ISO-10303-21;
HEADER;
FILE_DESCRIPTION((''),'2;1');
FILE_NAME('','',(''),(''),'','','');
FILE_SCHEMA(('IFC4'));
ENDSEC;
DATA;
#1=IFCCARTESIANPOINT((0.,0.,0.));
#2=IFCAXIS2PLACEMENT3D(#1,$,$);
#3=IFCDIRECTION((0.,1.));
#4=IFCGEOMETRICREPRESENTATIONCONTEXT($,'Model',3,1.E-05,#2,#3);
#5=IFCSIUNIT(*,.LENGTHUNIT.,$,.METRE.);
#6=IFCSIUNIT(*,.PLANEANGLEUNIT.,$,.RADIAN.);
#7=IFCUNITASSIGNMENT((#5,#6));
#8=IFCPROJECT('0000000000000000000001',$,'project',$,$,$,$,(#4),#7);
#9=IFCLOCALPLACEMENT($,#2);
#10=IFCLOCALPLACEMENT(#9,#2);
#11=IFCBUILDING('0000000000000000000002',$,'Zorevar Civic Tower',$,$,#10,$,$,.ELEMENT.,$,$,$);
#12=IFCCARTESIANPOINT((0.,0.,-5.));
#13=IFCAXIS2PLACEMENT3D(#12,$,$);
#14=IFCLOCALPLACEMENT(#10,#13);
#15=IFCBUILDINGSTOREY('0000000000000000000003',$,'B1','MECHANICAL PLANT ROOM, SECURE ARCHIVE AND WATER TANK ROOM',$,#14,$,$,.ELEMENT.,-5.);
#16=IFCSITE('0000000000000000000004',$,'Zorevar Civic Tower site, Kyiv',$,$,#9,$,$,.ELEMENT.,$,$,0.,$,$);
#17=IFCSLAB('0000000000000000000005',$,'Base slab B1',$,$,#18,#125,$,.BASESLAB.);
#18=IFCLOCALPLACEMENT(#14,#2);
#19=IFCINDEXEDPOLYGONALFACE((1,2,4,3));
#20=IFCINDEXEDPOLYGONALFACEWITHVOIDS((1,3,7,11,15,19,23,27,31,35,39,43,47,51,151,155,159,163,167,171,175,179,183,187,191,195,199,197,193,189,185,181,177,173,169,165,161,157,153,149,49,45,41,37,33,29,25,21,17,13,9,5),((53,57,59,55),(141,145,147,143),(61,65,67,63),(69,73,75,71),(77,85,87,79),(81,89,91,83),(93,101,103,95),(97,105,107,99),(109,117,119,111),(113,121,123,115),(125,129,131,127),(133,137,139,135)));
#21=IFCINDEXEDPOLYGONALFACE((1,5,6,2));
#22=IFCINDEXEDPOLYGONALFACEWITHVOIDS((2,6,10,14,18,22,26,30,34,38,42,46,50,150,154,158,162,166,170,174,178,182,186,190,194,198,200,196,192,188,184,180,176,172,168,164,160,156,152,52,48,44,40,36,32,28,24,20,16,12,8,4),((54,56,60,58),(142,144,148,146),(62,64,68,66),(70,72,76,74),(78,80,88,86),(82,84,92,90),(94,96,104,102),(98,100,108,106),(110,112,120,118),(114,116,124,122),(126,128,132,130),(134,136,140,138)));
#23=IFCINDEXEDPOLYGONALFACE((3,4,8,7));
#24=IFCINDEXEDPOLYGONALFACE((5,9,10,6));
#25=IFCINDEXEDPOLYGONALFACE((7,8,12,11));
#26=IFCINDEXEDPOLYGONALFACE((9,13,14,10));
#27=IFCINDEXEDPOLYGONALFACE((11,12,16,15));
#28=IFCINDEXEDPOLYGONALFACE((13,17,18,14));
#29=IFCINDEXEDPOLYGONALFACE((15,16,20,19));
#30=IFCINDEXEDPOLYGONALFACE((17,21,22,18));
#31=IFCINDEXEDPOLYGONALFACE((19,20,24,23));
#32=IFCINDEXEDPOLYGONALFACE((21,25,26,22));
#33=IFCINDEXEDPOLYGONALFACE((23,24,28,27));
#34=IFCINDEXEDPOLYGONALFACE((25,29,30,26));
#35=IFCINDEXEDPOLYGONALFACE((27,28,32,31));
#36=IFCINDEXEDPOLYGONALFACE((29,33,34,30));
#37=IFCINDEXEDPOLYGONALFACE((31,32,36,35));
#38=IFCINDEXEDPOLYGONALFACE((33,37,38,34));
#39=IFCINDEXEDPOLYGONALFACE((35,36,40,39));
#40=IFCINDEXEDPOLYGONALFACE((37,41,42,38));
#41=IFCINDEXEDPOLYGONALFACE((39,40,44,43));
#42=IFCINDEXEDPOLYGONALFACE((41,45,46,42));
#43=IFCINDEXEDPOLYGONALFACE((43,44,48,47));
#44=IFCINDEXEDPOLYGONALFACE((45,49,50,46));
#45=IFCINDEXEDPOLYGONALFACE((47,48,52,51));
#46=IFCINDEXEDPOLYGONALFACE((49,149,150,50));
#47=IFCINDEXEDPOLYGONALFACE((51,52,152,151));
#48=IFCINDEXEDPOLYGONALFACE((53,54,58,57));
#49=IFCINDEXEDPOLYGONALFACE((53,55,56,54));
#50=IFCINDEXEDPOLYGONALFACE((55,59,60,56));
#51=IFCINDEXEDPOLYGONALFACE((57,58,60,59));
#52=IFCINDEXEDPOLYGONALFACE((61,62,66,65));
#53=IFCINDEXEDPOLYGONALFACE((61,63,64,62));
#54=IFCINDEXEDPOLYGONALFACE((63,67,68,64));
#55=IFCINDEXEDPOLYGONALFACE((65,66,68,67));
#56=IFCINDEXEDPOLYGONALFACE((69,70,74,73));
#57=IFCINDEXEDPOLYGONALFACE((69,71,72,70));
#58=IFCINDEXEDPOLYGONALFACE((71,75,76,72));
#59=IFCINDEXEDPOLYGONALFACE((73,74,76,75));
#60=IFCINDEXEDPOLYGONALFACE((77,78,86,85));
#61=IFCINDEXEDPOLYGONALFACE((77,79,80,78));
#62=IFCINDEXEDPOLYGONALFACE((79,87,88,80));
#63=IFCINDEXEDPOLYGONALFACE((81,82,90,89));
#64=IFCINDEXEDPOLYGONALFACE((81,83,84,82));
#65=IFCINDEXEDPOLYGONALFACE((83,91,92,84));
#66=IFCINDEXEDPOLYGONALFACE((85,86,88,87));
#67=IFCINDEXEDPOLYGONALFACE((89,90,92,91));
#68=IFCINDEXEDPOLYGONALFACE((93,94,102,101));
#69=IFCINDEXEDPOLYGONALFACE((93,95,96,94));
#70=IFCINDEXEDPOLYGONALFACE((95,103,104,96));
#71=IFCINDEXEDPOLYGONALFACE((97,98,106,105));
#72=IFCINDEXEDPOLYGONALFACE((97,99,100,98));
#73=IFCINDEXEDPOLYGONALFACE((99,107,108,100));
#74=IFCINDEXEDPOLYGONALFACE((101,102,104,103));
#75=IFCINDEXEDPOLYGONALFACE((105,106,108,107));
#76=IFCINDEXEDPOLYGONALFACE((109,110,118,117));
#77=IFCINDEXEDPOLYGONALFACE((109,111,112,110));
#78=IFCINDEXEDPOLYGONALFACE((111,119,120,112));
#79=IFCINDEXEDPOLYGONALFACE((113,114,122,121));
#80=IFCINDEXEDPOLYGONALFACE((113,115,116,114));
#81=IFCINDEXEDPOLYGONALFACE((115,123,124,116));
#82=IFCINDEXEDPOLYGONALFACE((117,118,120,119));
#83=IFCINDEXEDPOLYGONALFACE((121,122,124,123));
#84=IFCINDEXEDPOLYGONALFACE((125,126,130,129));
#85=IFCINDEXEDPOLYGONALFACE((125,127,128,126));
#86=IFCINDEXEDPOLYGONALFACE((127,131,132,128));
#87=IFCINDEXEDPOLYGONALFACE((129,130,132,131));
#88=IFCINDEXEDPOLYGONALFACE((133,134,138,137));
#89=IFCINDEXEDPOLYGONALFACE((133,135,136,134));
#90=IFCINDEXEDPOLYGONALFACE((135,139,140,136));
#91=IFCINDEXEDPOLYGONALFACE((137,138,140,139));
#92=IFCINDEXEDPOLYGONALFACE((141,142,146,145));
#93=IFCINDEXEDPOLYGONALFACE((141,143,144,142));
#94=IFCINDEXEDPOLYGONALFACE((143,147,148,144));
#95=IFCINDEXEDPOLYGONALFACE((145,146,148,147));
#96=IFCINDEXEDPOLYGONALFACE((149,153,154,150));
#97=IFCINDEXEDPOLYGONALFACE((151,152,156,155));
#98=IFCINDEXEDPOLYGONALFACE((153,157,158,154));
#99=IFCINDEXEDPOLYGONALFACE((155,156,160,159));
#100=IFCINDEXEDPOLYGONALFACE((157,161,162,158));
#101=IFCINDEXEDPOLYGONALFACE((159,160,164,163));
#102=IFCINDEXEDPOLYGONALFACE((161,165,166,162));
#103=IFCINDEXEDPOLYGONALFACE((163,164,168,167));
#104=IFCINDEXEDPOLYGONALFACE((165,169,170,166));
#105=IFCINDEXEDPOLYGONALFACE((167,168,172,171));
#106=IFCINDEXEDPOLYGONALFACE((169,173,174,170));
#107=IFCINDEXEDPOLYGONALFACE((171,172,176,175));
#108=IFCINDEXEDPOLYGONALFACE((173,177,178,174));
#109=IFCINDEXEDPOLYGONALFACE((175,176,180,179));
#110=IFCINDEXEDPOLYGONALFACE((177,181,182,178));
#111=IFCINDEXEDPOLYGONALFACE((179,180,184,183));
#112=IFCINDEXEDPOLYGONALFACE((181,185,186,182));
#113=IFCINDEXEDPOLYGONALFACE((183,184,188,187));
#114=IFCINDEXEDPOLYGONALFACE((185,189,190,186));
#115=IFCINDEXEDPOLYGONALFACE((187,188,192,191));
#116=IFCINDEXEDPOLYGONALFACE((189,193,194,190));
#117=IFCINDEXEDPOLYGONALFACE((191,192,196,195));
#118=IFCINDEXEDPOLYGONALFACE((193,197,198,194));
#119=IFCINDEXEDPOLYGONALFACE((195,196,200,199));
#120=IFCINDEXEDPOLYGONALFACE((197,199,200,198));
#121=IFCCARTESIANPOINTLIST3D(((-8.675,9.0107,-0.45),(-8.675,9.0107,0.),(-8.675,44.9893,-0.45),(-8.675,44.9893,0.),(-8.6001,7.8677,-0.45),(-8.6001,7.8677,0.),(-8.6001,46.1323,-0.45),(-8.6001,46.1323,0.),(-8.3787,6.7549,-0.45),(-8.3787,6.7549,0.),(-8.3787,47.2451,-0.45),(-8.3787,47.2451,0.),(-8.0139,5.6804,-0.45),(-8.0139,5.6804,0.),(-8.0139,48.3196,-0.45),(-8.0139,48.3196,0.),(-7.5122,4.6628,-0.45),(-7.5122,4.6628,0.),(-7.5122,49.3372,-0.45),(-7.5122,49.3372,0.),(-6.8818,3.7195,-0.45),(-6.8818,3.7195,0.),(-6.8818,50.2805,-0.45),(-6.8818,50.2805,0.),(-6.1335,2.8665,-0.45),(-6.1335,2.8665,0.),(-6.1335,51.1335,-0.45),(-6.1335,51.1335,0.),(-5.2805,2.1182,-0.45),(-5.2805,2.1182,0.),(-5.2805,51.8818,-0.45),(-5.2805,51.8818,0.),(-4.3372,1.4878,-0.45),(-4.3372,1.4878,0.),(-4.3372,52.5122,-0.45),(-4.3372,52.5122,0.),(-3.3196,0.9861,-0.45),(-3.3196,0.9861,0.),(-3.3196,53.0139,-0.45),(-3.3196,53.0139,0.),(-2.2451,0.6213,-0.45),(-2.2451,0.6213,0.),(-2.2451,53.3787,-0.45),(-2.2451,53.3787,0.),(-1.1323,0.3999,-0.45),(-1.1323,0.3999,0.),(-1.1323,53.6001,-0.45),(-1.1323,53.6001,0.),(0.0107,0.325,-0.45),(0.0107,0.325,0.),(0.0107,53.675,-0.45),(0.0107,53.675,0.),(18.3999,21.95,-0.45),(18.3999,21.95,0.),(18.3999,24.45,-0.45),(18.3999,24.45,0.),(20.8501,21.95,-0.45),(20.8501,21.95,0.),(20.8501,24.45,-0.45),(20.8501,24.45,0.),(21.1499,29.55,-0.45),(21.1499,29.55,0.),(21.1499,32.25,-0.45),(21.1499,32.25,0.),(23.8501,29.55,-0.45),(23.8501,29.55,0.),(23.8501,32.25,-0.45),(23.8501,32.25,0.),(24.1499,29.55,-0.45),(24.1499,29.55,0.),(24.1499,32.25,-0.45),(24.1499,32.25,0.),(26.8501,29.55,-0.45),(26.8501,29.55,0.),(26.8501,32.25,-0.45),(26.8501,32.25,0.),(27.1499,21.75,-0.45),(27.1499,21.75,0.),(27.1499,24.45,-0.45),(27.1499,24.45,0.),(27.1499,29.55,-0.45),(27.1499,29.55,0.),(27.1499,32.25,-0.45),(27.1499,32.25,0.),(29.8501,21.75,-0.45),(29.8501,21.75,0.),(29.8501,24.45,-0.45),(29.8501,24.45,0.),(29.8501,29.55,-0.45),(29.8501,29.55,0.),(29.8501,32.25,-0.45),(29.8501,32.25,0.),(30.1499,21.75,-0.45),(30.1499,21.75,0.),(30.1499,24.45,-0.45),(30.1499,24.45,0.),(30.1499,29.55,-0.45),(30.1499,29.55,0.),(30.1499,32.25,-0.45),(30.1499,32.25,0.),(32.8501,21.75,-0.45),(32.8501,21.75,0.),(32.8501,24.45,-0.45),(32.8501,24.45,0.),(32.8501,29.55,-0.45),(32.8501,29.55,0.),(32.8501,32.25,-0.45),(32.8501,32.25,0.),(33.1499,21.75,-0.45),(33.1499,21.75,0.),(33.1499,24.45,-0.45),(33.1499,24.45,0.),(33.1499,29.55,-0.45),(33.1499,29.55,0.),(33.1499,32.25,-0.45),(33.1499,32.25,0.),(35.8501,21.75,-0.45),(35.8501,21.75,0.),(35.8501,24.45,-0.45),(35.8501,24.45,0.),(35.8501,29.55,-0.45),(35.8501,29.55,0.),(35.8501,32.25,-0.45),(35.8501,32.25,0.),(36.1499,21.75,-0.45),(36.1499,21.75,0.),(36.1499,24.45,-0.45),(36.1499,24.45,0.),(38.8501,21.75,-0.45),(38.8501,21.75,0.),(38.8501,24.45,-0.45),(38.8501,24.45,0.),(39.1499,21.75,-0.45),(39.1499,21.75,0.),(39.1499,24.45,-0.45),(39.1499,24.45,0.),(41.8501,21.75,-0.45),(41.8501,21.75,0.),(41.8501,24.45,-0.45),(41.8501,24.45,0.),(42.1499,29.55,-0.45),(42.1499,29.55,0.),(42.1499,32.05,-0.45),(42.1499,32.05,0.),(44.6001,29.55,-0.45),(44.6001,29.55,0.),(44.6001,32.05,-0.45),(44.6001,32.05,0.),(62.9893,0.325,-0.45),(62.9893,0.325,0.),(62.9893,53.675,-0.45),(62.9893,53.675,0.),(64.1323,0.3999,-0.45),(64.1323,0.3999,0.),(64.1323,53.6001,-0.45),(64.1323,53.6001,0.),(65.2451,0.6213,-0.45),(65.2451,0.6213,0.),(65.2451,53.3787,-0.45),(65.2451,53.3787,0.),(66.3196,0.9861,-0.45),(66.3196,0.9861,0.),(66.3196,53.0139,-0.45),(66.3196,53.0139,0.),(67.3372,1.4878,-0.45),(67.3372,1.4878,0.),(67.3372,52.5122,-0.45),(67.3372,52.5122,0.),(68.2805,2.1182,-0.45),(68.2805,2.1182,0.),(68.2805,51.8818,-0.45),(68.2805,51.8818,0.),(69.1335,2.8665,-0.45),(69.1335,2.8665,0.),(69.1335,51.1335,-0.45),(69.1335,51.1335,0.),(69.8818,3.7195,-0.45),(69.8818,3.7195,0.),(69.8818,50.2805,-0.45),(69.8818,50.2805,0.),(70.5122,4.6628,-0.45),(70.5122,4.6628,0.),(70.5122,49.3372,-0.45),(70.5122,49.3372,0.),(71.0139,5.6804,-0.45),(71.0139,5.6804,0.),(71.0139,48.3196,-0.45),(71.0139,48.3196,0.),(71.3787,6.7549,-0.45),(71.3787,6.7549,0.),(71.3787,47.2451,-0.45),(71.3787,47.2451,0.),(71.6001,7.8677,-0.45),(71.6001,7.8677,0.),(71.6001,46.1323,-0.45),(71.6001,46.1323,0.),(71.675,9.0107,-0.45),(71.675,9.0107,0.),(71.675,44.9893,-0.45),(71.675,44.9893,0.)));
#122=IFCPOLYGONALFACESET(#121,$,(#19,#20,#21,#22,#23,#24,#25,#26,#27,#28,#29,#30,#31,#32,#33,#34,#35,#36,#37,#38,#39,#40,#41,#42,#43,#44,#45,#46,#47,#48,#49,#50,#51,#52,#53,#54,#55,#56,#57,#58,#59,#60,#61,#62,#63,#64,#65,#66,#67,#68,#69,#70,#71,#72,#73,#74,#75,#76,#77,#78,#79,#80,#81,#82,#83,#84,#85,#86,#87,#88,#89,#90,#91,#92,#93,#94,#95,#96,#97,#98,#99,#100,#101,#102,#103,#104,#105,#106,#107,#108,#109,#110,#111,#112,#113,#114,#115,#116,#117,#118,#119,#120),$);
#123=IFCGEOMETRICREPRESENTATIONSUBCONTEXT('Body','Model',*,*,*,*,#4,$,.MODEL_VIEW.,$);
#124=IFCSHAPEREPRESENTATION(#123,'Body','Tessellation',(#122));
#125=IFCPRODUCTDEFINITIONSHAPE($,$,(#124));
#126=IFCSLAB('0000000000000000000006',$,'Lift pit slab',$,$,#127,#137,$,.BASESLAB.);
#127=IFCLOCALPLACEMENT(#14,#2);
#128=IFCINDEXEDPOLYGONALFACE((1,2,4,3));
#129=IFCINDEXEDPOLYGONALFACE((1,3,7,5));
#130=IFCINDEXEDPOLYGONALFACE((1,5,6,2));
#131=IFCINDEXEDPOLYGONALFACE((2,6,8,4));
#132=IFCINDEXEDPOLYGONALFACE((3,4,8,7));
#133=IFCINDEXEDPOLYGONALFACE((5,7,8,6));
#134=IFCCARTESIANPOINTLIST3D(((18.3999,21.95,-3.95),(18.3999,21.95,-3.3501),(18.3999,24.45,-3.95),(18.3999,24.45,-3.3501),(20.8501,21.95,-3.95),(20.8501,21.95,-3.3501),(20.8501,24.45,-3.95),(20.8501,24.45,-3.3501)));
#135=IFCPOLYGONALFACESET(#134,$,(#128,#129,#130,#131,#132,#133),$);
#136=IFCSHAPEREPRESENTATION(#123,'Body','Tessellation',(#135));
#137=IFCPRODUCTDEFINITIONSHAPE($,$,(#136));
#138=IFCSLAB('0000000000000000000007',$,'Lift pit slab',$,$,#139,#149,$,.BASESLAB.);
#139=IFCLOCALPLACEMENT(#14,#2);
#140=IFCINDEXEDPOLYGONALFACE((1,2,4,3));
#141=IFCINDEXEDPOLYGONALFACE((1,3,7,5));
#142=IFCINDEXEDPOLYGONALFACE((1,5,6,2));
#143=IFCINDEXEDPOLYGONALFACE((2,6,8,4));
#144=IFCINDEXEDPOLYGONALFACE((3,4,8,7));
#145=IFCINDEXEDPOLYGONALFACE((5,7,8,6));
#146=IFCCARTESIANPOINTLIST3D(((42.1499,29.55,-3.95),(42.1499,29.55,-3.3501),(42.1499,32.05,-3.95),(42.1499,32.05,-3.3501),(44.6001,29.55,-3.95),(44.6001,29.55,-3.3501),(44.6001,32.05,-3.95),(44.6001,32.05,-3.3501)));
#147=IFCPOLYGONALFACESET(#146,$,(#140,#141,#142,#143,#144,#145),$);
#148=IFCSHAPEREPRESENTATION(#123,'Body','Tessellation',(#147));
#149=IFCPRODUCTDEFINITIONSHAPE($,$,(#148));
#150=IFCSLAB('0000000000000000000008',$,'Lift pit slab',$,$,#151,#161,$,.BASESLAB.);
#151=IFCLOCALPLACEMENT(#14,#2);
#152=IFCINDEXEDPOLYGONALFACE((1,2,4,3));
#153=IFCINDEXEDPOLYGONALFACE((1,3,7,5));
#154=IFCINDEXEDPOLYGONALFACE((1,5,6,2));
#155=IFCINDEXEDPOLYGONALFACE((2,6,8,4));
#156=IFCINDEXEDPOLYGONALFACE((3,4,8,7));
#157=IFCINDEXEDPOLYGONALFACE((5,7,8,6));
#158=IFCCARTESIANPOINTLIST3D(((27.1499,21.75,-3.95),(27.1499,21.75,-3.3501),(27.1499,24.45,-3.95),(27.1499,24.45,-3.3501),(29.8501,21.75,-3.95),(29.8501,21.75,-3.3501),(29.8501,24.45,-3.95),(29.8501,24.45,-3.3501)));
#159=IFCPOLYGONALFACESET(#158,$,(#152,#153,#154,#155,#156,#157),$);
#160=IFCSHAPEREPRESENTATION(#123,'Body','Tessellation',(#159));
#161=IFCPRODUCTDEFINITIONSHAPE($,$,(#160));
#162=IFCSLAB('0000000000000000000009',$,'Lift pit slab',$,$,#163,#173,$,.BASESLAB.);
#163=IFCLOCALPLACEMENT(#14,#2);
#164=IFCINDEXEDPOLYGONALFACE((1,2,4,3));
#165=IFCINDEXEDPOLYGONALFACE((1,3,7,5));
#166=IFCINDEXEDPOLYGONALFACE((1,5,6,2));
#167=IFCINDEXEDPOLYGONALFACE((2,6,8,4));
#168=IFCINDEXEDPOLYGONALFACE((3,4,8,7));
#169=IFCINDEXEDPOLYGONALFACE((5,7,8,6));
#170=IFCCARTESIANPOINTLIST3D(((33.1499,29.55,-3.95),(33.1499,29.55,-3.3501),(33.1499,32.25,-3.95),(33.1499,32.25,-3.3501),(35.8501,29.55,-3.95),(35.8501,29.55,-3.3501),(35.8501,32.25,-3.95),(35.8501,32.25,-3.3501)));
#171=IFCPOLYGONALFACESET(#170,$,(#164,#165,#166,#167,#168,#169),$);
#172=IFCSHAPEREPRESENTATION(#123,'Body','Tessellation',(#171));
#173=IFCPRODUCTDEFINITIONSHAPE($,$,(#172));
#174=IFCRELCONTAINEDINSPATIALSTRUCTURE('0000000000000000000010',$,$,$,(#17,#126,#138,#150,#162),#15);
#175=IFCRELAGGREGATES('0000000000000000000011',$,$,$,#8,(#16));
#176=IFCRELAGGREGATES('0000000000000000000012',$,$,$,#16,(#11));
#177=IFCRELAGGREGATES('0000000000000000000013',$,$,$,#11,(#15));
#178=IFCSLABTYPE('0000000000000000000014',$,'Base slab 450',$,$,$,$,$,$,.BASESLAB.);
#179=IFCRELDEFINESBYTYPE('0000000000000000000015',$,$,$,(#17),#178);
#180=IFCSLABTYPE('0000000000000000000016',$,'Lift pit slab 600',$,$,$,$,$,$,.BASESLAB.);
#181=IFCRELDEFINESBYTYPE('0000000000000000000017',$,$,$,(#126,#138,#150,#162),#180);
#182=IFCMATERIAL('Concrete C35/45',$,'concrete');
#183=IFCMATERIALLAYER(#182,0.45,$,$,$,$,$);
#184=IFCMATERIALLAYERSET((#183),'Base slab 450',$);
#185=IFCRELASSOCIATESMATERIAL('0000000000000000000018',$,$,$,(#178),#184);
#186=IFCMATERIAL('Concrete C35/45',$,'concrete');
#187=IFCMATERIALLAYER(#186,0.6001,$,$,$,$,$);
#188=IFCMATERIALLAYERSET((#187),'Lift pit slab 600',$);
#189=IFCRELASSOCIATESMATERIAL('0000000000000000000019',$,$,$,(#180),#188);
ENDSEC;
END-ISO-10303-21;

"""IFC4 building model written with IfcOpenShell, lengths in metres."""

from ifc_helpers import new_model, si_unit, direction, frame, origin, place, context, subcontext, project, spatial, polyline, outline, extrude, material, layer, layer_set, type_object, element, save


model = new_model("IFC4")

# Units and contexts
model_context = context("Model", 3, precision=1e-05, world=origin(), true_north=direction((0.0, 1.0)))
body_context = subcontext(model_context, "Body", "Model", "MODEL_VIEW")
ifc_project = project(units=[si_unit("LENGTHUNIT", "METRE"), si_unit("PLANEANGLEUNIT", "RADIAN")], contexts=[model_context])

# Site, building, storey
site_placement = place(None, origin())
site = spatial("IfcSite", under=ifc_project, at=site_placement, Name="Zorevar Civic Tower site, Kyiv", CompositionType="ELEMENT", RefElevation=0.0)
building_placement = place(site_placement, origin())
building = spatial("IfcBuilding", under=site, at=building_placement, Name="Zorevar Civic Tower", CompositionType="ELEMENT")
storey_placement = place(building_placement, frame((0.0, 0.0, -5.0)))
storey = spatial("IfcBuildingStorey", under=building, at=storey_placement, Name="B1", Description="MECHANICAL PLANT ROOM, SECURE ARCHIVE AND WATER TANK ROOM", CompositionType="ELEMENT", Elevation=-5.0)

# Slabs
ifc_material_1 = material(Name="Concrete C35/45", Category="concrete")
ifc_layer_1 = layer(ifc_material_1, 0.45)
ifc_layer_set_1 = layer_set([ifc_layer_1], Name="Base slab 450")
slab_type_1 = type_object("IfcSlabType", Name="Base slab 450", PredefinedType="BASESLAB", material=ifc_layer_set_1)
slab_1_placement = place(storey_placement, frame((0.0, 0.0, -0.45)))
element("IfcSlab", 1, at=slab_1_placement, inside=storey, type_object=slab_type_1, Name="Base slab B1", PredefinedType="BASESLAB", context=body_context, shape_type="SweptSolid", body=[
    extrude(outline(polyline([(62.9893, 0.325), (0.0107, 0.325), (-1.1323, 0.3999), (-2.2451, 0.6213), (-3.3196, 0.9861), (-4.3372, 1.4878), (-5.2805, 2.1182), (-6.1335, 2.8665), (-6.8818, 3.7195), (-7.5122, 4.6628), (-8.0139, 5.6804), (-8.3787, 6.7549), (-8.6001, 7.8677), (-8.675, 9.0107), (-8.675, 44.9893), (-8.6001, 46.1323), (-8.3787, 47.2451), (-8.0139, 48.3196), (-7.5122, 49.3372), (-6.8818, 50.2805), (-6.1335, 51.1335), (-5.2805, 51.8818), (-4.3372, 52.5122), (-3.3196, 53.0139), (-2.2451, 53.3787), (-1.1323, 53.6001), (0.0107, 53.675), (62.9893, 53.675), (64.1323, 53.6001), (65.2451, 53.3787), (66.3196, 53.0139), (67.3372, 52.5122), (68.2805, 51.8818), (69.1335, 51.1335), (69.8818, 50.2805), (70.5122, 49.3372), (71.0139, 48.3196), (71.3787, 47.2451), (71.6001, 46.1323), (71.675, 44.9893), (71.675, 9.0107), (71.6001, 7.8677), (71.3787, 6.7549), (71.0139, 5.6804), (70.5122, 4.6628), (69.8818, 3.7195), (69.1335, 2.8665), (68.2805, 2.1182), (67.3372, 1.4878), (66.3196, 0.9861), (65.2451, 0.6213), (64.1323, 0.3999), (62.9893, 0.325)]), holes=[polyline([(18.3999, 21.95), (20.8501, 21.95), (20.8501, 24.45), (18.3999, 24.45), (18.3999, 21.95)]), polyline([(42.1499, 29.55), (44.6001, 29.55), (44.6001, 32.05), (42.1499, 32.05), (42.1499, 29.55)]), polyline([(27.1499, 21.75), (29.8501, 21.75), (29.8501, 24.45), (27.1499, 24.45), (27.1499, 21.75)]), polyline([(33.1499, 29.55), (35.8501, 29.55), (35.8501, 32.25), (33.1499, 32.25), (33.1499, 29.55)]), polyline([(30.1499, 21.75), (32.8501, 21.75), (32.8501, 24.45), (30.1499, 24.45), (30.1499, 21.75)]), polyline([(30.1499, 29.55), (32.8501, 29.55), (32.8501, 32.25), (30.1499, 32.25), (30.1499, 29.55)]), polyline([(33.1499, 21.75), (35.8501, 21.75), (35.8501, 24.45), (33.1499, 24.45), (33.1499, 21.75)]), polyline([(27.1499, 29.55), (29.8501, 29.55), (29.8501, 32.25), (27.1499, 32.25), (27.1499, 29.55)]), polyline([(36.1499, 21.75), (38.8501, 21.75), (38.8501, 24.45), (36.1499, 24.45), (36.1499, 21.75)]), polyline([(24.1499, 29.55), (26.8501, 29.55), (26.8501, 32.25), (24.1499, 32.25), (24.1499, 29.55)]), polyline([(39.1499, 21.75), (41.8501, 21.75), (41.8501, 24.45), (39.1499, 24.45), (39.1499, 21.75)]), polyline([(21.1499, 29.55), (23.8501, 29.55), (23.8501, 32.25), (21.1499, 32.25), (21.1499, 29.55)])]), origin(), (0.0, 0.0, 1.0), 0.45),
])
ifc_material_2 = material(Name="Concrete C35/45", Category="concrete")
ifc_layer_2 = layer(ifc_material_2, 0.6001)
ifc_layer_set_2 = layer_set([ifc_layer_2], Name="Lift pit slab 600")
slab_type_2 = type_object("IfcSlabType", Name="Lift pit slab 600", PredefinedType="BASESLAB", material=ifc_layer_set_2)
slab_2_placement = place(storey_placement, frame((0.0, 0.0, -3.95)))
element("IfcSlab", 2, at=slab_2_placement, inside=storey, type_object=slab_type_2, Name="Lift pit slab", PredefinedType="BASESLAB", context=body_context, shape_type="SweptSolid", body=[
    extrude(outline(polyline([(18.3999, 21.95), (20.8501, 21.95), (20.8501, 24.45), (18.3999, 24.45), (18.3999, 21.95)])), origin(), (0.0, 0.0, 1.0), 0.5999),
])
slab_3_placement = place(storey_placement, frame((0.0, 0.0, -3.95)))
element("IfcSlab", 3, at=slab_3_placement, inside=storey, type_object=slab_type_2, Name="Lift pit slab", PredefinedType="BASESLAB", context=body_context, shape_type="SweptSolid", body=[
    extrude(outline(polyline([(42.1499, 29.55), (44.6001, 29.55), (44.6001, 32.05), (42.1499, 32.05), (42.1499, 29.55)])), origin(), (0.0, 0.0, 1.0), 0.5999),
])
slab_4_placement = place(storey_placement, frame((0.0, 0.0, -3.95)))
element("IfcSlab", 4, at=slab_4_placement, inside=storey, type_object=slab_type_2, Name="Lift pit slab", PredefinedType="BASESLAB", context=body_context, shape_type="SweptSolid", body=[
    extrude(outline(polyline([(27.1499, 21.75), (29.8501, 21.75), (29.8501, 24.45), (27.1499, 24.45), (27.1499, 21.75)])), origin(), (0.0, 0.0, 1.0), 0.5999),
])
slab_5_placement = place(storey_placement, frame((0.0, 0.0, -3.95)))
element("IfcSlab", 5, at=slab_5_placement, inside=storey, type_object=slab_type_2, Name="Lift pit slab", PredefinedType="BASESLAB", context=body_context, shape_type="SweptSolid", body=[
    extrude(outline(polyline([(33.1499, 29.55), (35.8501, 29.55), (35.8501, 32.25), (33.1499, 32.25), (33.1499, 29.55)])), origin(), (0.0, 0.0, 1.0), 0.5999),
])

save(model, "model.ifc")
